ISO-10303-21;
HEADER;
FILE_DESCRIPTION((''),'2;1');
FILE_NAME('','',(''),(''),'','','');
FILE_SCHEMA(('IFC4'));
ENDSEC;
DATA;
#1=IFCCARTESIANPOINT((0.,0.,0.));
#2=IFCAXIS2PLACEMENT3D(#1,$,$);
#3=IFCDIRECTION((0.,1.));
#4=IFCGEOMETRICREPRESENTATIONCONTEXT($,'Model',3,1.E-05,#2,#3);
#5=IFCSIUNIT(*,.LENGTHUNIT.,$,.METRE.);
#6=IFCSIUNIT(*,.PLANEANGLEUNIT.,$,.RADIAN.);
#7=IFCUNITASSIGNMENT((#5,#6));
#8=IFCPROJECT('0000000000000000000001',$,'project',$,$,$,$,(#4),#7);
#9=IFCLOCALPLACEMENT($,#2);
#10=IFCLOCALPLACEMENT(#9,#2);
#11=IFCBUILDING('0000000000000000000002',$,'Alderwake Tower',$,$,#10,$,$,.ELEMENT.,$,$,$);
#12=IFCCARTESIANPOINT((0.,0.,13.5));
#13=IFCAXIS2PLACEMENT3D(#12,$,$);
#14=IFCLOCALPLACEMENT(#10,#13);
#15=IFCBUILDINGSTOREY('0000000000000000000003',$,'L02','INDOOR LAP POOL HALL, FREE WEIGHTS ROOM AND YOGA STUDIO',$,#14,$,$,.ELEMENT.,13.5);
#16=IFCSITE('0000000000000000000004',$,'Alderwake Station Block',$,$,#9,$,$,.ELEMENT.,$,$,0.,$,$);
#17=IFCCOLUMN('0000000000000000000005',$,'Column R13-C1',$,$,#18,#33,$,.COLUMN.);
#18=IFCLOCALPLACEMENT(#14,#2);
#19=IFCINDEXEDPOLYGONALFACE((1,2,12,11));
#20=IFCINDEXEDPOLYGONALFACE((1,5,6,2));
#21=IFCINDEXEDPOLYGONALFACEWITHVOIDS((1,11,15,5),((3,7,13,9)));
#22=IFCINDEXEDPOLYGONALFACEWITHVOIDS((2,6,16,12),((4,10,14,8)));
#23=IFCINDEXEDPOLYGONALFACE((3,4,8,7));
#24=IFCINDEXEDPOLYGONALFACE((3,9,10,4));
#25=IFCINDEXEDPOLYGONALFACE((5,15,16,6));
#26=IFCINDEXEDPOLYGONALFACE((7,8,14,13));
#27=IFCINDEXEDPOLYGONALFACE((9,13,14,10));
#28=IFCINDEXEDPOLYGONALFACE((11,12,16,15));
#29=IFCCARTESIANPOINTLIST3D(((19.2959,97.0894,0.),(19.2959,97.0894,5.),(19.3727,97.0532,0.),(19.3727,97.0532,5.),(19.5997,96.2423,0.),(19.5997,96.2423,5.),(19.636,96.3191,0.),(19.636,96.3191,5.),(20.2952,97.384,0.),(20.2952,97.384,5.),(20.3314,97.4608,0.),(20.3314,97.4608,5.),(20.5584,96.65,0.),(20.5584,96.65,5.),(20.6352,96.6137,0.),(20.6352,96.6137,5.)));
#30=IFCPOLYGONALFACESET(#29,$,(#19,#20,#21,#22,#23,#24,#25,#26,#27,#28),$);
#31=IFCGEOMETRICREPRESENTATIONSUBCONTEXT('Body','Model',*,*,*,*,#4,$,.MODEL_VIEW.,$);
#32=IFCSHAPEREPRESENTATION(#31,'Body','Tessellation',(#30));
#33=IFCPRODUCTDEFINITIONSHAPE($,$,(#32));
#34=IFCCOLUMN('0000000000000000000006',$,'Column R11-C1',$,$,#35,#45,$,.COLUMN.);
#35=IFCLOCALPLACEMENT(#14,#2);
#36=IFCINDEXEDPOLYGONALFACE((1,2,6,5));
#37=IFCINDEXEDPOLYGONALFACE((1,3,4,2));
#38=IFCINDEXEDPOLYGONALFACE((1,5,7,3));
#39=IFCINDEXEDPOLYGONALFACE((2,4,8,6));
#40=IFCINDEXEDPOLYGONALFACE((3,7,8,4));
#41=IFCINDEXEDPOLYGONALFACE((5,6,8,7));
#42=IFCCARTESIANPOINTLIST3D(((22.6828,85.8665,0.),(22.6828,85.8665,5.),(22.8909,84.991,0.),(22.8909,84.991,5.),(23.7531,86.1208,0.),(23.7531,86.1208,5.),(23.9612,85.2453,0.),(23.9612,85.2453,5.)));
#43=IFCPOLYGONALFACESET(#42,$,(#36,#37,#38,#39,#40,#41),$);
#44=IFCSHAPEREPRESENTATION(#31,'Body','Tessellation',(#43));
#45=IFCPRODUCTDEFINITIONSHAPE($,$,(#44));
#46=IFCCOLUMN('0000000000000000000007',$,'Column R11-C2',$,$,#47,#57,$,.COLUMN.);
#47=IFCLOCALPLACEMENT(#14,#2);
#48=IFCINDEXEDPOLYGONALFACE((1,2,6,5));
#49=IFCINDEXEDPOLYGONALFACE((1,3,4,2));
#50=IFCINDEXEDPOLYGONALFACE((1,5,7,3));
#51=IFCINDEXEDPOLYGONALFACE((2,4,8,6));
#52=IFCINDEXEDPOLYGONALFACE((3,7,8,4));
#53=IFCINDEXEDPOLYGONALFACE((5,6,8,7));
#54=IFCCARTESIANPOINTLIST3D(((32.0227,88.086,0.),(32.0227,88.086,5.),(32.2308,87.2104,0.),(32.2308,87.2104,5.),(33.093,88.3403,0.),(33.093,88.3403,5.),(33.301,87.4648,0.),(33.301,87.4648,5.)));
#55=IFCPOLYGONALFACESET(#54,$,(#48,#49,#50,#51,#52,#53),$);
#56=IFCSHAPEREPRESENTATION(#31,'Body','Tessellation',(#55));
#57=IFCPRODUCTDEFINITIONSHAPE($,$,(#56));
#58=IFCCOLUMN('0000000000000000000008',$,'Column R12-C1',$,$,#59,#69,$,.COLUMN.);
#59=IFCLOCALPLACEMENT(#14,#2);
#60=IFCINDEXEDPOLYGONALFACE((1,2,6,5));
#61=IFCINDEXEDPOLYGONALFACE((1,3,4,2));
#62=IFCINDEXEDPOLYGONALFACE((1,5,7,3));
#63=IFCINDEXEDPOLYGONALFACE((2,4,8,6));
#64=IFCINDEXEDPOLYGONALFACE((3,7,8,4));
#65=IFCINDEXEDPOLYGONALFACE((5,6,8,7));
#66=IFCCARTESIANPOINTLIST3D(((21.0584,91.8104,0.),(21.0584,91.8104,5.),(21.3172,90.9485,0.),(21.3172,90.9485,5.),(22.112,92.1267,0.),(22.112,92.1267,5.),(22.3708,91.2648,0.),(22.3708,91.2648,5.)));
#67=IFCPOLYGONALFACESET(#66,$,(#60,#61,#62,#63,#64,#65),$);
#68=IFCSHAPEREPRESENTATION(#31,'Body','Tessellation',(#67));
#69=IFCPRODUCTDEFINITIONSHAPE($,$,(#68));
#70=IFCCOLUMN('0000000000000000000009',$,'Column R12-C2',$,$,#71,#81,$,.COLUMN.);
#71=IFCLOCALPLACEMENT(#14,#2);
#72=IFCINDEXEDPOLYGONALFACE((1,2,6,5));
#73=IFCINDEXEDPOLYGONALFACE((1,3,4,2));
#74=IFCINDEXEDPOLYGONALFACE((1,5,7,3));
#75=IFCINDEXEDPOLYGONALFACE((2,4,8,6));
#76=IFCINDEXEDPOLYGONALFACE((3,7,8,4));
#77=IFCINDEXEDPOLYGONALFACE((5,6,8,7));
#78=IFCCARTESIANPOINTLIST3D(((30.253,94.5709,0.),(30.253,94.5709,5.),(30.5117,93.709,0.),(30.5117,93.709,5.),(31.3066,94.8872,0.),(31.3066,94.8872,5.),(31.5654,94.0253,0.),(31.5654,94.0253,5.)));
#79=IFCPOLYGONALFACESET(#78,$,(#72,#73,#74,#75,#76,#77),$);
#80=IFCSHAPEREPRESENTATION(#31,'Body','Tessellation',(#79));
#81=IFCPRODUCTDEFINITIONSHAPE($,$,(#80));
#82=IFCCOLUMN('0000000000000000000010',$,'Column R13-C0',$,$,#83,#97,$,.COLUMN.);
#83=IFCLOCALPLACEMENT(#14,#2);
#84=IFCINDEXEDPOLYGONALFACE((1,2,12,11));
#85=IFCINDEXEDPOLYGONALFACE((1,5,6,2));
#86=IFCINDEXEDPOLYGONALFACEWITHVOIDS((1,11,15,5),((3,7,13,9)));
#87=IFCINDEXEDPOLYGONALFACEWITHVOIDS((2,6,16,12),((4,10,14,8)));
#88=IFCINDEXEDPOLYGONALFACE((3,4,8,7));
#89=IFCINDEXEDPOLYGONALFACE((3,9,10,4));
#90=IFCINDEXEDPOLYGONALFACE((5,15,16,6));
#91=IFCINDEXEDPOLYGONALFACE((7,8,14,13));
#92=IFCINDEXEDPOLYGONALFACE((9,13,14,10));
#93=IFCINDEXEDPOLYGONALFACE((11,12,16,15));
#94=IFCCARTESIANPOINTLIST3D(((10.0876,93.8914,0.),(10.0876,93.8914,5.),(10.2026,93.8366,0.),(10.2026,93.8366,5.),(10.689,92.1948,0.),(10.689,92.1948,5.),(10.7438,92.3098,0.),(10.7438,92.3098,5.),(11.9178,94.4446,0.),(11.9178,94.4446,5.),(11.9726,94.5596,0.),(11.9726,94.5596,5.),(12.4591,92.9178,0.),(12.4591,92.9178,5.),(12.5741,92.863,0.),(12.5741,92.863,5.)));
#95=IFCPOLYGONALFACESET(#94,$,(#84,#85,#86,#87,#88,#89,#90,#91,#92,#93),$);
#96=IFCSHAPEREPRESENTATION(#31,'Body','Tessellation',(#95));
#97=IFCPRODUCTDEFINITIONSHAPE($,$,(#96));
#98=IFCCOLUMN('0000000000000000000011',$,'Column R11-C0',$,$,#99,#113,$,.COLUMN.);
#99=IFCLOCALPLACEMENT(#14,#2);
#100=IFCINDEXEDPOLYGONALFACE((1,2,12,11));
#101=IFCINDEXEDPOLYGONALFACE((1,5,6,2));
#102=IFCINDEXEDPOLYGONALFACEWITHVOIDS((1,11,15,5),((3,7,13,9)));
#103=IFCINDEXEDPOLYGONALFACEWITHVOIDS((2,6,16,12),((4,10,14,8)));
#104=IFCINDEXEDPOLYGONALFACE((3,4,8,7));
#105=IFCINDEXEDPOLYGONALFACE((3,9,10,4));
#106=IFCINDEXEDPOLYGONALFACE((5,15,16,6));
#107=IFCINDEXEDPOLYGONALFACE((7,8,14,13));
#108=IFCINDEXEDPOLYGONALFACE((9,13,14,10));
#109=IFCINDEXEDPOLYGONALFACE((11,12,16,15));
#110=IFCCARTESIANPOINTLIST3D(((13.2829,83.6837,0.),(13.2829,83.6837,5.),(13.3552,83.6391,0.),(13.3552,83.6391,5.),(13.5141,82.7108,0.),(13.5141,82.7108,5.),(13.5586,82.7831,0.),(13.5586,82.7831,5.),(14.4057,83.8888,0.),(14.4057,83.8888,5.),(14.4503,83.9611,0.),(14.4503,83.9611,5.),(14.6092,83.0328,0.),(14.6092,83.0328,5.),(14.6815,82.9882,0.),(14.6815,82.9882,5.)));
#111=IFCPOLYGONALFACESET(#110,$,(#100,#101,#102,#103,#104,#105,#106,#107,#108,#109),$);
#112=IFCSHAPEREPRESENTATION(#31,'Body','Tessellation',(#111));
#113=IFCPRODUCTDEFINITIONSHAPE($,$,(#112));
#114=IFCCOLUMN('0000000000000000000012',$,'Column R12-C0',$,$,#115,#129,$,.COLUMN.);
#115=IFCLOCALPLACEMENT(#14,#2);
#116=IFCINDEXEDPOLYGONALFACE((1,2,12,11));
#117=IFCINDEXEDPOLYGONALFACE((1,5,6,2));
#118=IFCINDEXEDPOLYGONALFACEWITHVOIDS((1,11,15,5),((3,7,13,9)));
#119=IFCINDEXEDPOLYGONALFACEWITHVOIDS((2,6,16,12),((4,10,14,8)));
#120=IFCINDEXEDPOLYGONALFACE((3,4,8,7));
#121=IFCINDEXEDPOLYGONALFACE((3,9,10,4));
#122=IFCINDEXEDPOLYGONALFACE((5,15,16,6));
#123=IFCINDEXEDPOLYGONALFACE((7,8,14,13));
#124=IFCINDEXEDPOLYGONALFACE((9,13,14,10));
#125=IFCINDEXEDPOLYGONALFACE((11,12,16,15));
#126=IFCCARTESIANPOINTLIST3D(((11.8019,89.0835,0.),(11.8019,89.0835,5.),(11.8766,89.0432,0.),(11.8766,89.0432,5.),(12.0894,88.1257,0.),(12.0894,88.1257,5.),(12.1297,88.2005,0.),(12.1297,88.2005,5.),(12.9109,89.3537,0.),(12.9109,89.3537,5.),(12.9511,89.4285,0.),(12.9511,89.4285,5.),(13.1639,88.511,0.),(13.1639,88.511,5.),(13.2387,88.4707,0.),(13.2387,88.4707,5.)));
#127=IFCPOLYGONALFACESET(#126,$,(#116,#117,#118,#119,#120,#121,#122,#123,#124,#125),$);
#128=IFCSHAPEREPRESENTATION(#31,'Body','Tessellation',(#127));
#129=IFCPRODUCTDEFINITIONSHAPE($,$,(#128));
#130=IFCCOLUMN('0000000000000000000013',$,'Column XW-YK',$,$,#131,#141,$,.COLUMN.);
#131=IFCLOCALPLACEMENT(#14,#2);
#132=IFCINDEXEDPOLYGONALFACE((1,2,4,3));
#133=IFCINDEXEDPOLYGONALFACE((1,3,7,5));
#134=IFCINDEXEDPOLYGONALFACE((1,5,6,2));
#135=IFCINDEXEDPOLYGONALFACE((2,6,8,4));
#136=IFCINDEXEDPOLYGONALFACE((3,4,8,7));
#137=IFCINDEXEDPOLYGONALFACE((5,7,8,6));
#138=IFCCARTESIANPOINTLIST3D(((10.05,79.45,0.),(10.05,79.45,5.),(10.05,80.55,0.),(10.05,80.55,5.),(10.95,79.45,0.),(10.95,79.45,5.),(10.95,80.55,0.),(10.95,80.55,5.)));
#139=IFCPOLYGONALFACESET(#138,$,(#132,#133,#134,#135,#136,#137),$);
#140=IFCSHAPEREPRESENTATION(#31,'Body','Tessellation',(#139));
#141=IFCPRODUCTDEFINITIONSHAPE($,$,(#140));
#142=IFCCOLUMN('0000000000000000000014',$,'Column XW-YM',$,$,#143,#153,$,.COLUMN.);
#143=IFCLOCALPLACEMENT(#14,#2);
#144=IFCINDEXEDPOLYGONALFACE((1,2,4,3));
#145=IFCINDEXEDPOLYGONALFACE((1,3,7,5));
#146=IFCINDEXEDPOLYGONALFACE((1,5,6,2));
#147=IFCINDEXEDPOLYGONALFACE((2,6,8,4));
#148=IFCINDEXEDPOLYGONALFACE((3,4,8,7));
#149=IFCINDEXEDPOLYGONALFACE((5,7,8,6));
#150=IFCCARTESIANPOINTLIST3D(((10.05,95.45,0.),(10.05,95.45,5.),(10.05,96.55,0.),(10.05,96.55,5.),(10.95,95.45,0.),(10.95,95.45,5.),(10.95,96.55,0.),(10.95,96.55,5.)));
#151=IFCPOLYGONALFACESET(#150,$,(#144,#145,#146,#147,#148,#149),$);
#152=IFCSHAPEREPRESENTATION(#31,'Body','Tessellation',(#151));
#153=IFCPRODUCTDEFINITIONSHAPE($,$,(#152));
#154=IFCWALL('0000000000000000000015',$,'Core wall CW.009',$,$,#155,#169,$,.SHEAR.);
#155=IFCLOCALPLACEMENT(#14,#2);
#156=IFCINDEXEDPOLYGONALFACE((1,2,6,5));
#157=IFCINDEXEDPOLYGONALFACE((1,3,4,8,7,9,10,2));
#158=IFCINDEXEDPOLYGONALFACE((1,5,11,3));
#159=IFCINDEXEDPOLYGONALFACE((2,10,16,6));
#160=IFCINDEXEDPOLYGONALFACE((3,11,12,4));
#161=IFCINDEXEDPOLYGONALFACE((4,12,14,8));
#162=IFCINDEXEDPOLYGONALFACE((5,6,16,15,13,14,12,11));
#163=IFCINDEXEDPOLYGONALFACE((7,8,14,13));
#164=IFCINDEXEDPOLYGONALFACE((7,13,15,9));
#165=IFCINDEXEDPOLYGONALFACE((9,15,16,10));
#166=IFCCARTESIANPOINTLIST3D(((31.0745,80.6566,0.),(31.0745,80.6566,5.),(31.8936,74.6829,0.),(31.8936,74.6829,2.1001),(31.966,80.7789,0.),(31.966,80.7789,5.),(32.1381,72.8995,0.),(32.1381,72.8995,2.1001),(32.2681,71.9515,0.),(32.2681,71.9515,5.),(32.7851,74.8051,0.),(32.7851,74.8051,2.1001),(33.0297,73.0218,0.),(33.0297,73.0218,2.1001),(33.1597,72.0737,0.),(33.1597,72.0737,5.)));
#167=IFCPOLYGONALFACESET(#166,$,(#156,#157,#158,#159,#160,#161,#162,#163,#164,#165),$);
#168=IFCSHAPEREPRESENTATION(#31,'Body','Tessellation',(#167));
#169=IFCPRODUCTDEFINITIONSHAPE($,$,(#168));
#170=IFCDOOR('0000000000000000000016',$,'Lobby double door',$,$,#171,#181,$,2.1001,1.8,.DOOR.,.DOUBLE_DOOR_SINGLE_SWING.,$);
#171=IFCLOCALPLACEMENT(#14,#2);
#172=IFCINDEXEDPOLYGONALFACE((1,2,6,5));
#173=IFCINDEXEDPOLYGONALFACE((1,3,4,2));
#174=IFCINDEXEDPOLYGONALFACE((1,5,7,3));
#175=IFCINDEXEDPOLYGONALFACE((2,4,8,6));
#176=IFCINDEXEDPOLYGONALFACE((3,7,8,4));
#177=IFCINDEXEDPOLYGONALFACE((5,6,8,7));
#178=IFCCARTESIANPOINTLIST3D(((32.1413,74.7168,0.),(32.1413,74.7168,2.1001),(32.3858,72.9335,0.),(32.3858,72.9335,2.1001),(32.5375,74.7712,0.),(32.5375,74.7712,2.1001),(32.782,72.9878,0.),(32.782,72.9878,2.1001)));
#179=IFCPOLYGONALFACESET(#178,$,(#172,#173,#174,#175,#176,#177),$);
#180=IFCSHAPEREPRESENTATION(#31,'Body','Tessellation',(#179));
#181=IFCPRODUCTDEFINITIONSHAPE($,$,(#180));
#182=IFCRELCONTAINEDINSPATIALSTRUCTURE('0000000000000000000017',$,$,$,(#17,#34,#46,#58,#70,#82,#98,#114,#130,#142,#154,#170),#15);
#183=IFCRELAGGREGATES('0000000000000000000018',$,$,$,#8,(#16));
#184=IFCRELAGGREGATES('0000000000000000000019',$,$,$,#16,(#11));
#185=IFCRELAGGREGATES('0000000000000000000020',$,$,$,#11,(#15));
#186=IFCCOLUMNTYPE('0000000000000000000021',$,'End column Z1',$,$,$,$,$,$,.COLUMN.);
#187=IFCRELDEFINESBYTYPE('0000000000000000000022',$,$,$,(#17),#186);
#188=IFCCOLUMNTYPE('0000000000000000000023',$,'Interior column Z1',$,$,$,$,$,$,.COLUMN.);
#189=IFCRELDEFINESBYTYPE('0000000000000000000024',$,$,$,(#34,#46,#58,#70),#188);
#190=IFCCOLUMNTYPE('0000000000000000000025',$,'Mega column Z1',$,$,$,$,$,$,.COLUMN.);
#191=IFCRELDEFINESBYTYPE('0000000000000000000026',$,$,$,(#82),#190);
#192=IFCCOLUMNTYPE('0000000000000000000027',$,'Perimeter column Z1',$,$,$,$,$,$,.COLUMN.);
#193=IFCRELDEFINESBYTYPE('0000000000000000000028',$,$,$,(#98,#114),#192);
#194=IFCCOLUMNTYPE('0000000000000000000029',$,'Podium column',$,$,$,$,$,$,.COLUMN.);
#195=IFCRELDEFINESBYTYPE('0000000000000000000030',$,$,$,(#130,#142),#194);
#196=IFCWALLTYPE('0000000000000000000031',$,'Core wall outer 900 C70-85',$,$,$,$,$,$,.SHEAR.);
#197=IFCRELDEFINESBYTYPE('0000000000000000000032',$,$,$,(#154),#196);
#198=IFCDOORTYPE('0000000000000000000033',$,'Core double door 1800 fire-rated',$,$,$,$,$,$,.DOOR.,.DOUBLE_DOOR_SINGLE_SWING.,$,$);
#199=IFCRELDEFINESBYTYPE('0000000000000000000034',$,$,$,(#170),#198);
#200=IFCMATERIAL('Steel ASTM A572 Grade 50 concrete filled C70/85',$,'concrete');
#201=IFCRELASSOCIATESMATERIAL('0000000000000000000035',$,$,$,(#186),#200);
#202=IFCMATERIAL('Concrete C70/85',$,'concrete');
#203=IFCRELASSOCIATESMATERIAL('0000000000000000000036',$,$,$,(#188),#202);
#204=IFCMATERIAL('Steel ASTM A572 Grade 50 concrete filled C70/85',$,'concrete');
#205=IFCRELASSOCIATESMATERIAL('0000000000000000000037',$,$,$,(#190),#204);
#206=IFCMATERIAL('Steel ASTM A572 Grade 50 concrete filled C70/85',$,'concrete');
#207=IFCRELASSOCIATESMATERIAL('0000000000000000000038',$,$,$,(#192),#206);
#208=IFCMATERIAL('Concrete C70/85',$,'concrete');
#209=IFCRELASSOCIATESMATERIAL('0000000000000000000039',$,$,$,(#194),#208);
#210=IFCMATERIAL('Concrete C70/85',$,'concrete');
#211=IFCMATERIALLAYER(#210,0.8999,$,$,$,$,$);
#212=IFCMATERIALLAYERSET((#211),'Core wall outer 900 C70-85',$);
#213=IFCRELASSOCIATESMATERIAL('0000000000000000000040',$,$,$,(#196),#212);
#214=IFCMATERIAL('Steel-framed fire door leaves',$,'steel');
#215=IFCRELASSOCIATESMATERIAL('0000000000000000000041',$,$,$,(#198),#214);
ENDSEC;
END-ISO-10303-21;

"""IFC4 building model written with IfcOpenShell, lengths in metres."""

from ifc_helpers import new_model, si_unit, direction, frame, frame_2d, origin, origin_2d, place, context, subcontext, project, spatial, rectangle, hollow_rectangle, extrude, material, layer, layer_set, material_profile, profile_set, type_object, element, fill, save


model = new_model("IFC4")

# Units and contexts
model_context = context("Model", 3, precision=1e-05, world=origin(), true_north=direction((0.0, 1.0)))
body_context = subcontext(model_context, "Body", "Model", "MODEL_VIEW")
ifc_project = project(units=[si_unit("LENGTHUNIT", "METRE"), si_unit("PLANEANGLEUNIT", "RADIAN")], contexts=[model_context])

# Site, building, storey
site_placement = place(None, origin())
site = spatial("IfcSite", under=ifc_project, at=site_placement, Name="Alderwake Station Block", CompositionType="ELEMENT", RefElevation=0.0)
building_placement = place(site_placement, origin())
building = spatial("IfcBuilding", under=site, at=building_placement, Name="Alderwake Tower", CompositionType="ELEMENT")
storey_placement = place(building_placement, frame((0.0, 0.0, 13.5)))
storey = spatial("IfcBuildingStorey", under=building, at=storey_placement, Name="L02", Description="INDOOR LAP POOL HALL, FREE WEIGHTS ROOM AND YOGA STUDIO", CompositionType="ELEMENT", Elevation=13.5)

# Columns
ifc_material_1 = material(Name="Steel ASTM A572 Grade 50 concrete filled C70/85", Category="concrete")
ifc_material_profile_1 = material_profile(ifc_material_1, hollow_rectangle(XDim=0.8999, YDim=1.1001, WallThickness=0.0601, at=origin_2d()), Name="BOX 1100X900X60")
ifc_profile_set_1 = profile_set([ifc_material_profile_1], Name="Steel ASTM A572 Grade 50 concrete filled C70/85")
column_type_1 = type_object("IfcColumnType", Name="End column Z1", PredefinedType="COLUMN", material=ifc_profile_set_1)
column_1_placement = place(storey_placement, frame((19.9656, 96.8516, 0.0), z_axis=(0.0, 0.0, 1.0), x_axis=(-0.337585, 0.941295, 0.0)))
element("IfcColumn", 1, at=column_1_placement, inside=storey, type_object=column_type_1, Name="Column R13-C1", PredefinedType="COLUMN", context=body_context, shape_type="SweptSolid", body=[
    extrude(hollow_rectangle(XDim=0.8999, YDim=1.1001, WallThickness=0.0601, at=origin_2d()), origin(), (0.0, 0.0, 1.0), 5.0),
])
ifc_material_2 = material(Name="Concrete C70/85", Category="concrete")
ifc_material_profile_2 = material_profile(ifc_material_2, rectangle(XDim=0.8999, YDim=1.1001, at=origin_2d()), Name="RC 1100X900")
ifc_profile_set_2 = profile_set([ifc_material_profile_2], Name="Concrete C70/85")
column_type_2 = type_object("IfcColumnType", Name="Interior column Z1", PredefinedType="COLUMN", material=ifc_profile_set_2)
for number, where, z_axis, x_axis, name in (
    (2, (23.322, 85.5559, 0.0), (0.0, 0.0, 1.0), (-0.231222, 0.972901, 0.0), "Column R11-C1"),
    (3, (32.6619, 87.7754, 0.0), (0.0, 0.0, 1.0), (-0.231222, 0.972901, 0.0), "Column R11-C2"),
    (4, (21.7146, 91.5376, 0.0), (0.0, 0.0, 1.0), (-0.287549, 0.957766, 0.0), "Column R12-C1"),
    (5, (30.9092, 94.2981, 0.0), (0.0, 0.0, 1.0), (-0.287549, 0.957766, 0.0), "Column R12-C2"),
):
    element("IfcColumn", number, at=place(storey_placement, frame(where, z_axis=z_axis, x_axis=x_axis)), inside=storey, type_object=column_type_2, Name=name, PredefinedType="COLUMN", context=body_context, shape_type="SweptSolid", body=[
        extrude(rectangle(XDim=0.8999, YDim=1.1001, at=origin_2d()), origin(), (0.0, 0.0, 1.0), 5.0),
    ])
ifc_material_3 = material(Name="Steel ASTM A572 Grade 50 concrete filled C70/85", Category="concrete")
ifc_material_profile_3 = material_profile(ifc_material_3, hollow_rectangle(XDim=1.8, YDim=2.0, WallThickness=0.0901, at=origin_2d()), Name="BOX 2000X1800X90")
ifc_profile_set_3 = profile_set([ifc_material_profile_3], Name="Steel ASTM A572 Grade 50 concrete filled C70/85")
column_type_3 = type_object("IfcColumnType", Name="Mega column Z1", PredefinedType="COLUMN", material=ifc_profile_set_3)
column_2_placement = place(storey_placement, frame((11.3308, 93.3772, 0.0), z_axis=(0.0, 0.0, 1.0), x_axis=(-0.334131, 0.942527, 0.0)))
element("IfcColumn", 6, at=column_2_placement, inside=storey, type_object=column_type_3, Name="Column R13-C0", PredefinedType="COLUMN", context=body_context, shape_type="SweptSolid", body=[
    extrude(hollow_rectangle(XDim=1.8, YDim=2.0, WallThickness=0.0901, at=origin_2d()), origin(), (0.0, 0.0, 1.0), 5.0),
])
ifc_material_4 = material(Name="Steel ASTM A572 Grade 50 concrete filled C70/85", Category="concrete")
ifc_material_profile_4 = material_profile(ifc_material_4, hollow_rectangle(XDim=1.0, YDim=1.2, WallThickness=0.0601, at=origin_2d()), Name="BOX 1200X1000X60")
ifc_profile_set_4 = profile_set([ifc_material_profile_4], Name="Steel ASTM A572 Grade 50 concrete filled C70/85")
column_type_4 = type_object("IfcColumnType", Name="Perimeter column Z1", PredefinedType="COLUMN", material=ifc_profile_set_4)
for number, where, z_axis, x_axis, name in (
    (7, (13.9822, 83.3359, 0.0), (0.0, 0.0, 1.0), (-0.231222, 0.972901, 0.0), "Column R11-C0"),
    (8, (12.5203, 88.7771, 0.0), (0.0, 0.0, 1.0), (-0.287549, 0.957766, 0.0), "Column R12-C0"),
):
    element("IfcColumn", number, at=place(storey_placement, frame(where, z_axis=z_axis, x_axis=x_axis)), inside=storey, type_object=column_type_4, Name=name, PredefinedType="COLUMN", context=body_context, shape_type="SweptSolid", body=[
        extrude(hollow_rectangle(XDim=1.0, YDim=1.2, WallThickness=0.0601, at=origin_2d()), origin(), (0.0, 0.0, 1.0), 5.0),
    ])
ifc_material_5 = material(Name="Concrete C70/85", Category="concrete")
ifc_material_profile_5 = material_profile(ifc_material_5, rectangle(XDim=0.8999, YDim=1.1001, at=origin_2d()), Name="RC 1100X900")
ifc_profile_set_5 = profile_set([ifc_material_profile_5], Name="Concrete C70/85")
column_type_5 = type_object("IfcColumnType", Name="Podium column", PredefinedType="COLUMN", material=ifc_profile_set_5)
for number, where, z_axis, x_axis, name in (
    (9, (10.5, 80.0, 0.0), (0.0, 0.0, 1.0), (1.0, 0.0, 0.0), "Column XW-YK"),
    (10, (10.5, 96.0, 0.0), (0.0, 0.0, 1.0), (1.0, 0.0, 0.0), "Column XW-YM"),
):
    element("IfcColumn", number, at=place(storey_placement, frame(where, z_axis=z_axis, x_axis=x_axis)), inside=storey, type_object=column_type_5, Name=name, PredefinedType="COLUMN", context=body_context, shape_type="SweptSolid", body=[
        extrude(rectangle(XDim=0.8999, YDim=1.1001, at=origin_2d()), origin(), (0.0, 0.0, 1.0), 5.0),
    ])

# Wall, opening, door
ifc_material_6 = material(Name="Concrete C70/85", Category="concrete")
ifc_layer_1 = layer(ifc_material_6, 0.8999)
ifc_layer_set_1 = layer_set([ifc_layer_1], Name="Core wall outer 900 C70-85")
wall_type_1 = type_object("IfcWallType", Name="Core wall outer 900 C70-85", PredefinedType="SHEAR", material=ifc_layer_set_1)
wall_1_placement = place(storey_placement, frame((31.5203, 80.7178, 0.0), z_axis=(0.0, 0.0, 1.0), x_axis=(0.135845, -0.99073, 0.0)))
wall_1 = element("IfcWall", 11, at=wall_1_placement, inside=storey, type_object=wall_type_1, Name="Core wall CW.009", PredefinedType="SHEAR", context=body_context, shape_type="SweptSolid", body=[
    extrude(rectangle(XDim=8.7866, YDim=0.8999, at=frame_2d((4.3933, 0.0))), origin(), (0.0, 0.0, 1.0), 5.0),
])
opening_1_placement = place(wall_1_placement, frame((6.0298, 0.0, 0.0)))
opening_1 = element("IfcOpeningElement", 12, at=opening_1_placement, cuts=wall_1, PredefinedType="OPENING", context=body_context, shape_type="SweptSolid", body=[
    extrude(rectangle(XDim=1.8, YDim=2.1001, at=frame_2d((0.8999, 1.05))), frame((0.0, 0.46, 0.0), z_axis=(0.0, -1.0, 0.0), x_axis=(1.0, 0.0, 0.0)), (0.0, 0.0, 1.0), 0.9199),
])
ifc_material_7 = material(Name="Steel-framed fire door leaves", Category="steel")
door_type_1 = type_object("IfcDoorType", Name="Core double door 1800 fire-rated", OperationType="DOUBLE_DOOR_SINGLE_SWING", PredefinedType="DOOR", material=ifc_material_7)
door_1_placement = place(opening_1_placement, origin())
door_1 = element("IfcDoor", 13, at=door_1_placement, inside=storey, type_object=door_type_1, Name="Lobby double door", OperationType="DOUBLE_DOOR_SINGLE_SWING", OverallHeight=2.1001, OverallWidth=1.8, PredefinedType="DOOR", context=body_context, shape_type="SweptSolid", body=[
    extrude(rectangle(XDim=1.8, YDim=2.1001, at=frame_2d((0.8999, 1.05))), frame((0.0, 0.2, 0.0), z_axis=(0.0, -1.0, 0.0), x_axis=(1.0, 0.0, 0.0)), (0.0, 0.0, 1.0), 0.3999),
])
fill(opening_1, door_1)

save(model, "model.ifc")
